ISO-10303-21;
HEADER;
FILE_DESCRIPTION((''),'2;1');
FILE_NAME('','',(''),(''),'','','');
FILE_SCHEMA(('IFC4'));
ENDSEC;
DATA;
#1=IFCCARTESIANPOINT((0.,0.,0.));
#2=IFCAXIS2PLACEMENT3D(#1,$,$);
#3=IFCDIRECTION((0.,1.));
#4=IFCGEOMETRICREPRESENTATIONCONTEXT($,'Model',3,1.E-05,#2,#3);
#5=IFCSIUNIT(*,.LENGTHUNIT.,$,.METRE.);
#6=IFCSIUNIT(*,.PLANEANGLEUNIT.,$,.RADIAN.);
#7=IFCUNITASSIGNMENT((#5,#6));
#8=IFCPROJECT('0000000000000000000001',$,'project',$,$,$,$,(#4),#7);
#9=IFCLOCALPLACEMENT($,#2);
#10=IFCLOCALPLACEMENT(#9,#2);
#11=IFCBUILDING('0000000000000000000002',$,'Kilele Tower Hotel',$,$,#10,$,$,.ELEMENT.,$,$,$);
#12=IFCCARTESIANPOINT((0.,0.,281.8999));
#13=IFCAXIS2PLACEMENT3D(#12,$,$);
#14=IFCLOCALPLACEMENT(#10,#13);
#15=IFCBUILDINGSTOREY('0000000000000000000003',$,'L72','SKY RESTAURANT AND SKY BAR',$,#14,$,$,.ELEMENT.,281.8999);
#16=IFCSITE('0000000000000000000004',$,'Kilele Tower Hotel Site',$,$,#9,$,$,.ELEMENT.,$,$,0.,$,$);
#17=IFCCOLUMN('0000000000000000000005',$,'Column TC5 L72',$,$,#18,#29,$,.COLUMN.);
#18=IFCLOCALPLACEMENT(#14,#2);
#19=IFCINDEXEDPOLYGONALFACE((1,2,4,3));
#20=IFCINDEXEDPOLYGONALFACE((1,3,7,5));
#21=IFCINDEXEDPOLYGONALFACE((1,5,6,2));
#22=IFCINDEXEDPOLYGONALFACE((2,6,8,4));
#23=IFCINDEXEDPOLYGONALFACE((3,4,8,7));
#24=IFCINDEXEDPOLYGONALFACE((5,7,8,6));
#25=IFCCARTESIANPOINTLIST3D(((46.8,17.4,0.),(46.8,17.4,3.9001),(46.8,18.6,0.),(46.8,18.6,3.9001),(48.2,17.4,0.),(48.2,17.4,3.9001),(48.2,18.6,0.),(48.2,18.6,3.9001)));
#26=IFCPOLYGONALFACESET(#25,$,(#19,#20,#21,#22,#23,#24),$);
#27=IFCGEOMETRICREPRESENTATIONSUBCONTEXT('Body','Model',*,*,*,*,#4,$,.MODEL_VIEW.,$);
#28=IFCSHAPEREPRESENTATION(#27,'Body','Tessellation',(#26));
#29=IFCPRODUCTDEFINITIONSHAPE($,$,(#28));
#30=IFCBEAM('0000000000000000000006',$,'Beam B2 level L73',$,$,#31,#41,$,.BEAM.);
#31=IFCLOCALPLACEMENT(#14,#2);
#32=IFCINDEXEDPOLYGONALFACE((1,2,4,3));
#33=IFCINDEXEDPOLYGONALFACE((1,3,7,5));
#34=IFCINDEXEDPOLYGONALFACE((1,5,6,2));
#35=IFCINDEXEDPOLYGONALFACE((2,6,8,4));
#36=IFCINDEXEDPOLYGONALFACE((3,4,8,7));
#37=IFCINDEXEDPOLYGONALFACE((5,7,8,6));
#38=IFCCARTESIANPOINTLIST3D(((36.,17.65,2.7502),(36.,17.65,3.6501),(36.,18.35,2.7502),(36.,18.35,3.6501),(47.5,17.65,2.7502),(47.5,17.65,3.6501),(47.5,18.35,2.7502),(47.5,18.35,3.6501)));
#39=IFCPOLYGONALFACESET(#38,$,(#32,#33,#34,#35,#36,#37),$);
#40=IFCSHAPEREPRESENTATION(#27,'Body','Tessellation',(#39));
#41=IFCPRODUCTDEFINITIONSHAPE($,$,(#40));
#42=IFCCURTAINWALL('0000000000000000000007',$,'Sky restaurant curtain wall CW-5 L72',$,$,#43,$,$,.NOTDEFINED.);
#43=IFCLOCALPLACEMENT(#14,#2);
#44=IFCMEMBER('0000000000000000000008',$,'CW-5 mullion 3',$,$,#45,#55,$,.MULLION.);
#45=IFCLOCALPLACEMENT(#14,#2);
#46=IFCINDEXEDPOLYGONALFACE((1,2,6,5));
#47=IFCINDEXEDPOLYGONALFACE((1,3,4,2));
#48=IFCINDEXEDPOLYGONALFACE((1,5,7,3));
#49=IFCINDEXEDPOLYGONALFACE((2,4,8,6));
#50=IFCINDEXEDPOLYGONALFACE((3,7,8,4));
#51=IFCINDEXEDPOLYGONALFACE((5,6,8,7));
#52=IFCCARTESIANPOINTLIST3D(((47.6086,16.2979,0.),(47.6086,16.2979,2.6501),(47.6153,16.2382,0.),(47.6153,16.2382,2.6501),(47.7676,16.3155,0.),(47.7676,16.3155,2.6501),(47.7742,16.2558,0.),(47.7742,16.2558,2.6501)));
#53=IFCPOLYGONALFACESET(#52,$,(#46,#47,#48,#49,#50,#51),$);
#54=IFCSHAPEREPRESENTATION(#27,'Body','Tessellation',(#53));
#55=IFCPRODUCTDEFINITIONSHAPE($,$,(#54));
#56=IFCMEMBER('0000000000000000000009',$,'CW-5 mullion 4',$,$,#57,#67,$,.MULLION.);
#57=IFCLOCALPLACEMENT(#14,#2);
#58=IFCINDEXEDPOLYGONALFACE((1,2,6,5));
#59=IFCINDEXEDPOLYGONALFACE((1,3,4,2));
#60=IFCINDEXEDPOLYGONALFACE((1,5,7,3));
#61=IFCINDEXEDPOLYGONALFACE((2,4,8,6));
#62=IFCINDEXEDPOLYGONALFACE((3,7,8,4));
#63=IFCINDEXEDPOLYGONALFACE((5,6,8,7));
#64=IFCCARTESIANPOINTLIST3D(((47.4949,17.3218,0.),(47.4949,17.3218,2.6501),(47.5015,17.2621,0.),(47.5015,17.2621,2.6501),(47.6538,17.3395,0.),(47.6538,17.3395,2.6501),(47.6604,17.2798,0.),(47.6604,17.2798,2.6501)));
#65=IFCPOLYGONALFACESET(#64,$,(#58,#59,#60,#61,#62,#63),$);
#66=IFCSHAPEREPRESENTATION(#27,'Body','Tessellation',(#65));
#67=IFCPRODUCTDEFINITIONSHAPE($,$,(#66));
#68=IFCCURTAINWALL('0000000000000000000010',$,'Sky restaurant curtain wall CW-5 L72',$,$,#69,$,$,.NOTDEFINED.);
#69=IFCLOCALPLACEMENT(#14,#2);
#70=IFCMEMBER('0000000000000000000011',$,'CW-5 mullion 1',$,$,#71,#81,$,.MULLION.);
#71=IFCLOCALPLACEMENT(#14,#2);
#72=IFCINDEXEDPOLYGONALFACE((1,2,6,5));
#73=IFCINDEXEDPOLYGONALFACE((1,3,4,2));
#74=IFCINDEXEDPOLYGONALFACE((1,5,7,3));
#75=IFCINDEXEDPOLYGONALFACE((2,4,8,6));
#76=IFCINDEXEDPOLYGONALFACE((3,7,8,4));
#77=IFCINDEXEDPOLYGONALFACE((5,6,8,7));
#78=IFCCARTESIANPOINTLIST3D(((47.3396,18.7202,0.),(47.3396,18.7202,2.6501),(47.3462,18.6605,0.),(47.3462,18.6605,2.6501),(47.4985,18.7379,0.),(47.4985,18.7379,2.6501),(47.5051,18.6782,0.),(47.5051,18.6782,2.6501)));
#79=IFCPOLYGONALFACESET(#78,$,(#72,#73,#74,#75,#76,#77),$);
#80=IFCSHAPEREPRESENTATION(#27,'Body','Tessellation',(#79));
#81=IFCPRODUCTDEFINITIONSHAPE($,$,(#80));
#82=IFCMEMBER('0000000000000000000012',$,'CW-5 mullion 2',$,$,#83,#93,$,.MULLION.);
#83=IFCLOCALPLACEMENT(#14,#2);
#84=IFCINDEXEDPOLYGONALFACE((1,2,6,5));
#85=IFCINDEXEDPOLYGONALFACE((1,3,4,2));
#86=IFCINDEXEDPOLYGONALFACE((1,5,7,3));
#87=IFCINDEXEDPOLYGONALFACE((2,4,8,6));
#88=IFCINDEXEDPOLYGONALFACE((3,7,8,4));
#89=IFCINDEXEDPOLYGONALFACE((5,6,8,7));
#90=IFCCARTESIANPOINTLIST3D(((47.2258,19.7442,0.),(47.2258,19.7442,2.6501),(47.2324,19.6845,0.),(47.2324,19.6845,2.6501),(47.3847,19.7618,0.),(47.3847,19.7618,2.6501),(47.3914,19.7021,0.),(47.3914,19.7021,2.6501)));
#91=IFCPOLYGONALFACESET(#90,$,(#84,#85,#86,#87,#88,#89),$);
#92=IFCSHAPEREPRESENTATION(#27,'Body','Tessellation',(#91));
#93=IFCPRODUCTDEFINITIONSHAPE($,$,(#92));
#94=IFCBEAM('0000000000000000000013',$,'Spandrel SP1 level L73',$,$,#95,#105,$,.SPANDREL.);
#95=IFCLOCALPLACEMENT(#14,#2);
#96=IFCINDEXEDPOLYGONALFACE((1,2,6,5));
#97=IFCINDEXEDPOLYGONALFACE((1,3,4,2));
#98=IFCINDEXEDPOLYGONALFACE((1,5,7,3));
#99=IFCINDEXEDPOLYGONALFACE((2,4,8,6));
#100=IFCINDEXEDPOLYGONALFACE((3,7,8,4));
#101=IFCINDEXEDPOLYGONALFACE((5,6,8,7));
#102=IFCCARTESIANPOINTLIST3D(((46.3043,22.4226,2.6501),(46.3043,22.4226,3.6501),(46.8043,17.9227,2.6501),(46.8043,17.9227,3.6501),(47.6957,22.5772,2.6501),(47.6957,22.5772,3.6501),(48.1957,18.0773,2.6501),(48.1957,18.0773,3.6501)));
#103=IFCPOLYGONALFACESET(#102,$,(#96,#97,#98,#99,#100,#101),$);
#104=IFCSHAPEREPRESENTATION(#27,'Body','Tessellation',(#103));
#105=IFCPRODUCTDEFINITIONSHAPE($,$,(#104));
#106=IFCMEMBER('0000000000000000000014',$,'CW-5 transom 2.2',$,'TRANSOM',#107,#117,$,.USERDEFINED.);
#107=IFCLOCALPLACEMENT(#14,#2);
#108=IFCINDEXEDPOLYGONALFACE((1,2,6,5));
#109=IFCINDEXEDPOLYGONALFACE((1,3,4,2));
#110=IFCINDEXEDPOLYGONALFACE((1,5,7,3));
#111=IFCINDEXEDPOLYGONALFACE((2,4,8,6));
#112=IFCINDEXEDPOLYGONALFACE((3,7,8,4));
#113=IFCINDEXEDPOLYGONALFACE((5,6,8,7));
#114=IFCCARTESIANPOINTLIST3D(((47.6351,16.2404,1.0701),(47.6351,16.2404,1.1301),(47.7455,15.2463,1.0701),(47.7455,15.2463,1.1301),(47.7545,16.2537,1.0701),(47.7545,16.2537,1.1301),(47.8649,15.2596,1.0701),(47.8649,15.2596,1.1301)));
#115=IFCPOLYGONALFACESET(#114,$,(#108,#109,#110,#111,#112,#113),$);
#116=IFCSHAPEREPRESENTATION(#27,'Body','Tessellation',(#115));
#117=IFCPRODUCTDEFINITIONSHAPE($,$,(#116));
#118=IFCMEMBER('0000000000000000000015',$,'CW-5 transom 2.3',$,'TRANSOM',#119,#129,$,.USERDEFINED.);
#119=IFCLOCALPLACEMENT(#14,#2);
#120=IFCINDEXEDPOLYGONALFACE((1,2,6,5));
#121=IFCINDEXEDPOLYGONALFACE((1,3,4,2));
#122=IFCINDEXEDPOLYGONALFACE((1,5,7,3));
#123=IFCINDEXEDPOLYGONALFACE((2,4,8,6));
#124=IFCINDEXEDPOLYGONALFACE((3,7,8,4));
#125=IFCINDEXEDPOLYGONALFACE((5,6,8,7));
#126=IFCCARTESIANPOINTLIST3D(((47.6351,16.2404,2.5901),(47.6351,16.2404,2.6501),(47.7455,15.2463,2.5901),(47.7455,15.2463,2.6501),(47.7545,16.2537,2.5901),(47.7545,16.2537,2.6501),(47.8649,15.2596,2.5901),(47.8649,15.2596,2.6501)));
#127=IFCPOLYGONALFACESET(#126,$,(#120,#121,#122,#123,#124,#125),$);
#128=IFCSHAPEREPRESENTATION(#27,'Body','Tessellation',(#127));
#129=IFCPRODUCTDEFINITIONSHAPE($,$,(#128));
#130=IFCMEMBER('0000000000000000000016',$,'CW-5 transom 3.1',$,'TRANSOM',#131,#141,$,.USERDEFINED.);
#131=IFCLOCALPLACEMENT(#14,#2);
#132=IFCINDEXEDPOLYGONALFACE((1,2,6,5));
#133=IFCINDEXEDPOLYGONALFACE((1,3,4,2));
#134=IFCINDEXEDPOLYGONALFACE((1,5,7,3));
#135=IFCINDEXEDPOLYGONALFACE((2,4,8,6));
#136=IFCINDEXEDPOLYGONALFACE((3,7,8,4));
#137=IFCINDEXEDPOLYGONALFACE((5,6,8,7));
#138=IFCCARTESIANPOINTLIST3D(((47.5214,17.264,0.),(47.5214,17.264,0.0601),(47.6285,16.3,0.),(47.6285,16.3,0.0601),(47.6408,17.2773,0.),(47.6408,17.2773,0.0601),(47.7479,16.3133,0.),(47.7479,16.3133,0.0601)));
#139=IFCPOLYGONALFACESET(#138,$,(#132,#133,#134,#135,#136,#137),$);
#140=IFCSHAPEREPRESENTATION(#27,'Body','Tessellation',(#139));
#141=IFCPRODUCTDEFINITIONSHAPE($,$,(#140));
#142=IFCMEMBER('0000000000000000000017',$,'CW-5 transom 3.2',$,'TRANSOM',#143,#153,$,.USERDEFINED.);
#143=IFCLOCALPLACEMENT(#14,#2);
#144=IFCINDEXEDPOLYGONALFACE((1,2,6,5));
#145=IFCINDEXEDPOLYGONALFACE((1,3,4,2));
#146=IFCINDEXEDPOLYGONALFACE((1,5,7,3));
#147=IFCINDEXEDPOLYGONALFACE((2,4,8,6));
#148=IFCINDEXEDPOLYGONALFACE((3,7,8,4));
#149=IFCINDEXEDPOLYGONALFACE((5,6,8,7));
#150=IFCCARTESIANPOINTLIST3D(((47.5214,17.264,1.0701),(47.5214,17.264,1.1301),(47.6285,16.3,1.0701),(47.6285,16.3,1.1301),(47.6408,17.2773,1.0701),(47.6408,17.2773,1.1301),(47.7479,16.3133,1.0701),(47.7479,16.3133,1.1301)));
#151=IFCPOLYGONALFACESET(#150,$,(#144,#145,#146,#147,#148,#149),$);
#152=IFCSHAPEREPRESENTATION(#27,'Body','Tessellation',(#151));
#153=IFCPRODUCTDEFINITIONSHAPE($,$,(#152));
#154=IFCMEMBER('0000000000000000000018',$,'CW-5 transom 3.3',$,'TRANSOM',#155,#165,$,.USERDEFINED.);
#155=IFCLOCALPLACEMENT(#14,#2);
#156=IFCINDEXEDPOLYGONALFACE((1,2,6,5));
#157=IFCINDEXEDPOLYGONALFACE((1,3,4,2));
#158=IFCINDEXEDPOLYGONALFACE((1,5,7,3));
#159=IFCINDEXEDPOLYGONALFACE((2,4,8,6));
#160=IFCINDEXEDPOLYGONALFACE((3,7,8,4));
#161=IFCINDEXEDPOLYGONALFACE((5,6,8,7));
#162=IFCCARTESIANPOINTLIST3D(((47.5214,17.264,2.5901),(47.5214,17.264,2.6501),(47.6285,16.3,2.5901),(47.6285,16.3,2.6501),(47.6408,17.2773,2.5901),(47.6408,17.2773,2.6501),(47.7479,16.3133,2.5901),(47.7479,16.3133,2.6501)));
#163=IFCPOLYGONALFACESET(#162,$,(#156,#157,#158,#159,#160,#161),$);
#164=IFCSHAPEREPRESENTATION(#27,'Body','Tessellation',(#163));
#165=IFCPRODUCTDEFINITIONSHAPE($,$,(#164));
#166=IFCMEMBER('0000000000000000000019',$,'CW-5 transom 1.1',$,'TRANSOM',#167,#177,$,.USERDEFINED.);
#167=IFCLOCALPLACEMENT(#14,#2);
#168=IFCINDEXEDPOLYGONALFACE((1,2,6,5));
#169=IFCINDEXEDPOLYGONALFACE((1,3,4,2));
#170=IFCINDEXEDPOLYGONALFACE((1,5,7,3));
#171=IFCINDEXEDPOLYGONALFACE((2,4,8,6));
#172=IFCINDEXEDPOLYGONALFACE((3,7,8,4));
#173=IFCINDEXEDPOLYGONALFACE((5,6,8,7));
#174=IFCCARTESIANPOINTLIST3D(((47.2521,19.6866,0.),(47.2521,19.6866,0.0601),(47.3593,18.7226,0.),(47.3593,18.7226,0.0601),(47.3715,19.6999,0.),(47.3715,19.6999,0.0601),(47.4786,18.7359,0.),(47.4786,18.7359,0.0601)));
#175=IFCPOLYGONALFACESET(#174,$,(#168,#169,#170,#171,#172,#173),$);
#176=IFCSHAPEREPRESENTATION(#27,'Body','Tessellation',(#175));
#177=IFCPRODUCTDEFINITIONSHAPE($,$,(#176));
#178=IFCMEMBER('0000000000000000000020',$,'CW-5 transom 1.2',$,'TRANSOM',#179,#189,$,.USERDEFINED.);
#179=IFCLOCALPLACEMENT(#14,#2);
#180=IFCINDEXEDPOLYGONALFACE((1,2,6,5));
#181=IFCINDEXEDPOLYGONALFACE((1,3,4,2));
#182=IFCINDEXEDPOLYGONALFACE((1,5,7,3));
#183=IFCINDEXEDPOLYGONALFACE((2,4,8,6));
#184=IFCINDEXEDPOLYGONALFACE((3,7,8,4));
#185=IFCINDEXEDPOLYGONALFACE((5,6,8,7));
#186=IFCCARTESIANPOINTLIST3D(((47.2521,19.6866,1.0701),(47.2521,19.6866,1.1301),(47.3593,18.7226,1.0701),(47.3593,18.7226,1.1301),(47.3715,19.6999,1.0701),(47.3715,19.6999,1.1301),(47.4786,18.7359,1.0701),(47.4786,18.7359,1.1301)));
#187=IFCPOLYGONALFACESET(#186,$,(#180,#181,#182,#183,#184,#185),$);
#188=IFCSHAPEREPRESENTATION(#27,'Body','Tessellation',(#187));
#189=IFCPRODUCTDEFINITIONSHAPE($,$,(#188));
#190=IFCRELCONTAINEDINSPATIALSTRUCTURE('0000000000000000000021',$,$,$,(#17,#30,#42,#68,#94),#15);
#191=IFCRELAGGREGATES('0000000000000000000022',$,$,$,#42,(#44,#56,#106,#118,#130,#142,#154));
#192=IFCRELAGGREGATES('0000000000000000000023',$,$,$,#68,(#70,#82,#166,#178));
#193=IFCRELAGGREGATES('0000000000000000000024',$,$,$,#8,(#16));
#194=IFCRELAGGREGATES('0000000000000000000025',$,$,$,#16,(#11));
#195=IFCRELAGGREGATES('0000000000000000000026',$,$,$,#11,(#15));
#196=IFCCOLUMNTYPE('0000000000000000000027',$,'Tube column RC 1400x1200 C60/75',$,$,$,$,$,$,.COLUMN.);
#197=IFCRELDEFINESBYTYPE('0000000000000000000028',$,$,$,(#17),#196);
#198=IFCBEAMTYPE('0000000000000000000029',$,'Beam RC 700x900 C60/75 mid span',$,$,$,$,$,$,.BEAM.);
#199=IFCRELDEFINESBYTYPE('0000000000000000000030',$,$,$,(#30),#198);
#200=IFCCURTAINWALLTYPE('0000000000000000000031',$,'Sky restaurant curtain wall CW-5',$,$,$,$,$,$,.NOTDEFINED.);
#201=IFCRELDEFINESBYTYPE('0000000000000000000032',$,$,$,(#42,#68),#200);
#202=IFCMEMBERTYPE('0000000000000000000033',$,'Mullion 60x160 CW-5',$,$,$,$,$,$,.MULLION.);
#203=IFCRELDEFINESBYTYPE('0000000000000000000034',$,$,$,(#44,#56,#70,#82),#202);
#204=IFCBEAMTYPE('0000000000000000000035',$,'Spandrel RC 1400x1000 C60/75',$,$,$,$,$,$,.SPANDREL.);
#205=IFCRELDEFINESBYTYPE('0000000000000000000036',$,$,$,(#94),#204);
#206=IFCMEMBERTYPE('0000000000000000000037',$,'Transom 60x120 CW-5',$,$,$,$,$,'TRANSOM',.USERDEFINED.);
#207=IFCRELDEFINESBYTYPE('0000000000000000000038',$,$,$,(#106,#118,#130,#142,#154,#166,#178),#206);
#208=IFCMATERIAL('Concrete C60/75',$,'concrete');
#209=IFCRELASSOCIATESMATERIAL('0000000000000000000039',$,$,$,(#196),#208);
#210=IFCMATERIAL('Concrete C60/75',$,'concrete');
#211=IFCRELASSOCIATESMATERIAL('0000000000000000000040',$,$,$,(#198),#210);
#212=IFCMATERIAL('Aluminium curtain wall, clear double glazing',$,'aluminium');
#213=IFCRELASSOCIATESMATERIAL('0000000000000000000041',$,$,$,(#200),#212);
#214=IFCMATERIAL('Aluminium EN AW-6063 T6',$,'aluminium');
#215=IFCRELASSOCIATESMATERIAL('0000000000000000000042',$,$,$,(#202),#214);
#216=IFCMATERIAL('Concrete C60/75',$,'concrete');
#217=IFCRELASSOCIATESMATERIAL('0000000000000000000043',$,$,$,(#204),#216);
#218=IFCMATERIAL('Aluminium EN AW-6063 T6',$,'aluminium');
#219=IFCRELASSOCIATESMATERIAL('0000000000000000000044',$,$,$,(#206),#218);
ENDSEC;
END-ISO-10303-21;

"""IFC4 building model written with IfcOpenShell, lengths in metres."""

from ifc_helpers import new_model, si_unit, direction, frame, origin, origin_2d, place, context, subcontext, project, spatial, rectangle, extrude, material, material_profile, profile_set, type_object, element, aggregate, save


model = new_model("IFC4")

# Units and contexts
model_context = context("Model", 3, precision=1e-05, world=origin(), true_north=direction((0.0, 1.0)))
body_context = subcontext(model_context, "Body", "Model", "MODEL_VIEW")
ifc_project = project(units=[si_unit("LENGTHUNIT", "METRE"), si_unit("PLANEANGLEUNIT", "RADIAN")], contexts=[model_context])

# Site, building, storey
site_placement = place(None, origin())
site = spatial("IfcSite", under=ifc_project, at=site_placement, Name="Kilele Tower Hotel Site", CompositionType="ELEMENT", RefElevation=0.0)
building_placement = place(site_placement, origin())
building = spatial("IfcBuilding", under=site, at=building_placement, Name="Kilele Tower Hotel", CompositionType="ELEMENT")
storey_placement = place(building_placement, frame((0.0, 0.0, 281.8999)))
storey = spatial("IfcBuildingStorey", under=building, at=storey_placement, Name="L72", Description="SKY RESTAURANT AND SKY BAR", CompositionType="ELEMENT", Elevation=281.8999)

# Column
ifc_material_1 = material(Name="Concrete C60/75", Category="concrete")
ifc_material_profile_1 = material_profile(ifc_material_1, rectangle(XDim=1.3999, YDim=1.2, at=origin_2d()))
ifc_profile_set_1 = profile_set([ifc_material_profile_1], Name="Concrete C60/75")
column_type = type_object("IfcColumnType", Name="Tube column RC 1400x1200 C60/75", PredefinedType="COLUMN", material=ifc_profile_set_1)
column_placement = place(storey_placement, frame((47.5, 18.0, 0.0), z_axis=(0.0, 0.0, 1.0), x_axis=(1.0, 0.0, 0.0)))
element("IfcColumn", 1, at=column_placement, inside=storey, type_object=column_type, Name="Column TC5 L72", PredefinedType="COLUMN", context=body_context, shape_type="SweptSolid", body=[
    extrude(rectangle(XDim=1.3999, YDim=1.2, at=origin_2d()), origin(), (0.0, 0.0, 1.0), 3.9001),
])

# Beam
ifc_material_2 = material(Name="Concrete C60/75", Category="concrete")
ifc_material_profile_2 = material_profile(ifc_material_2, rectangle(XDim=0.7, YDim=0.8999, at=origin_2d()))
ifc_profile_set_2 = profile_set([ifc_material_profile_2], Name="Concrete C60/75")
beam_type_1 = type_object("IfcBeamType", Name="Beam RC 700x900 C60/75 mid span", PredefinedType="BEAM", material=ifc_profile_set_2)
beam_1_placement = place(storey_placement, frame((47.5, 18.0, 3.2002), z_axis=(-1.0, 0.0, 0.0), x_axis=(0.0, -1.0, 0.0)))
element("IfcBeam", 2, at=beam_1_placement, inside=storey, type_object=beam_type_1, Name="Beam B2 level L73", PredefinedType="BEAM", context=body_context, shape_type="SweptSolid", body=[
    extrude(rectangle(XDim=0.7, YDim=0.8999, at=origin_2d()), origin(), (0.0, 0.0, 1.0), 11.5),
])

# Curtain walls, members
ifc_material_3 = material(Name="Aluminium curtain wall, clear double glazing", Category="aluminium")
curtain_wall_type = type_object("IfcCurtainWallType", Name="Sky restaurant curtain wall CW-5", PredefinedType="NOTDEFINED", material=ifc_material_3)
curtain_wall_1_placement = place(storey_placement, origin())
curtain_wall_1 = element("IfcCurtainWall", 3, at=curtain_wall_1_placement, inside=storey, type_object=curtain_wall_type, Name="Sky restaurant curtain wall CW-5 L72", PredefinedType="NOTDEFINED")
ifc_material_4 = material(Name="Aluminium EN AW-6063 T6", Category="aluminium")
ifc_material_profile_3 = material_profile(ifc_material_4, rectangle(XDim=0.1599, YDim=0.0601, at=origin_2d()))
ifc_profile_set_3 = profile_set([ifc_material_profile_3], Name="Aluminium EN AW-6063 T6")
member_type_1 = type_object("IfcMemberType", Name="Mullion 60x160 CW-5", PredefinedType="MULLION", material=ifc_profile_set_3)
member_1_placement = place(storey_placement, frame((47.6914, 16.2769, 0.0), z_axis=(0.0, 0.0, 1.0), x_axis=(-0.993884, -0.110432, 0.0)))
member_1 = element("IfcMember", 4, at=member_1_placement, type_object=member_type_1, Name="CW-5 mullion 3", PredefinedType="MULLION", context=body_context, shape_type="SweptSolid", body=[
    extrude(rectangle(XDim=0.1599, YDim=0.0601, at=origin_2d()), origin(), (0.0, 0.0, 1.0), 2.6501),
])
member_2_placement = place(storey_placement, frame((47.5776, 17.3008, 0.0), z_axis=(0.0, 0.0, 1.0), x_axis=(-0.993884, -0.110432, 0.0)))
member_2 = element("IfcMember", 5, at=member_2_placement, type_object=member_type_1, Name="CW-5 mullion 4", PredefinedType="MULLION", context=body_context, shape_type="SweptSolid", body=[
    extrude(rectangle(XDim=0.1599, YDim=0.0601, at=origin_2d()), origin(), (0.0, 0.0, 1.0), 2.6501),
])
curtain_wall_2_placement = place(storey_placement, origin())
curtain_wall_2 = element("IfcCurtainWall", 6, at=curtain_wall_2_placement, inside=storey, type_object=curtain_wall_type, Name="Sky restaurant curtain wall CW-5 L72", PredefinedType="NOTDEFINED")
member_3_placement = place(storey_placement, frame((47.4224, 18.6992, 0.0), z_axis=(0.0, 0.0, 1.0), x_axis=(-0.993884, -0.110432, 0.0)))
member_3 = element("IfcMember", 7, at=member_3_placement, type_object=member_type_1, Name="CW-5 mullion 1", PredefinedType="MULLION", context=body_context, shape_type="SweptSolid", body=[
    extrude(rectangle(XDim=0.1599, YDim=0.0601, at=origin_2d()), origin(), (0.0, 0.0, 1.0), 2.6501),
])
member_4_placement = place(storey_placement, frame((47.3086, 19.7231, 0.0), z_axis=(0.0, 0.0, 1.0), x_axis=(-0.993884, -0.110432, 0.0)))
member_4 = element("IfcMember", 8, at=member_4_placement, type_object=member_type_1, Name="CW-5 mullion 2", PredefinedType="MULLION", context=body_context, shape_type="SweptSolid", body=[
    extrude(rectangle(XDim=0.1599, YDim=0.0601, at=origin_2d()), origin(), (0.0, 0.0, 1.0), 2.6501),
])

# Beam
ifc_material_5 = material(Name="Concrete C60/75", Category="concrete")
ifc_material_profile_4 = material_profile(ifc_material_5, rectangle(XDim=1.3999, YDim=1.0, at=origin_2d()))
ifc_profile_set_4 = profile_set([ifc_material_profile_4], Name="Concrete C60/75")
beam_type_2 = type_object("IfcBeamType", Name="Spandrel RC 1400x1000 C60/75", PredefinedType="SPANDREL", material=ifc_profile_set_4)
beam_2_placement = place(storey_placement, frame((47.5, 18.0, 3.1501), z_axis=(-0.110432, 0.993884, 0.0), x_axis=(-0.993884, -0.110432, 0.0)))
element("IfcBeam", 9, at=beam_2_placement, inside=storey, type_object=beam_type_2, Name="Spandrel SP1 level L73", PredefinedType="SPANDREL", context=body_context, shape_type="SweptSolid", body=[
    extrude(rectangle(XDim=1.3999, YDim=1.0, at=origin_2d()), origin(), (0.0, 0.0, 1.0), 4.5276),
])

# Members
ifc_material_6 = material(Name="Aluminium EN AW-6063 T6", Category="aluminium")
ifc_material_profile_5 = material_profile(ifc_material_6, rectangle(XDim=0.1201, YDim=0.0601, at=origin_2d()))
ifc_profile_set_5 = profile_set([ifc_material_profile_5], Name="Aluminium EN AW-6063 T6")
member_type_2 = type_object("IfcMemberType", Name="Transom 60x120 CW-5", ElementType="TRANSOM", PredefinedType="USERDEFINED", material=ifc_profile_set_5)
member_5_placement = place(storey_placement, frame((47.8052, 15.2529, 1.1001), z_axis=(-0.110324, 0.993896, 0.0), x_axis=(-0.993896, -0.110324, 0.0)))
member_5 = element("IfcMember", 10, at=member_5_placement, type_object=member_type_2, Name="CW-5 transom 2.2", ObjectType="TRANSOM", PredefinedType="USERDEFINED", context=body_context, shape_type="SweptSolid", body=[
    extrude(rectangle(XDim=0.1201, YDim=0.0601, at=origin_2d()), origin(), (0.0, 0.0, 1.0), 1.0002),
])
member_6_placement = place(storey_placement, frame((47.8052, 15.2529, 2.6201), z_axis=(-0.110324, 0.993896, 0.0), x_axis=(-0.993896, -0.110324, 0.0)))
member_6 = element("IfcMember", 11, at=member_6_placement, type_object=member_type_2, Name="CW-5 transom 2.3", ObjectType="TRANSOM", PredefinedType="USERDEFINED", context=body_context, shape_type="SweptSolid", body=[
    extrude(rectangle(XDim=0.1201, YDim=0.0601, at=origin_2d()), origin(), (0.0, 0.0, 1.0), 1.0002),
])
member_7_placement = place(storey_placement, frame((47.6882, 16.3066, 0.03), z_axis=(-0.110487, 0.993878, 0.0), x_axis=(-0.993878, -0.110487, 0.0)))
member_7 = element("IfcMember", 12, at=member_7_placement, type_object=member_type_2, Name="CW-5 transom 3.1", ObjectType="TRANSOM", PredefinedType="USERDEFINED", context=body_context, shape_type="SweptSolid", body=[
    extrude(rectangle(XDim=0.1201, YDim=0.0601, at=origin_2d()), origin(), (0.0, 0.0, 1.0), 0.97),
])
member_8_placement = place(storey_placement, frame((47.6882, 16.3066, 1.1001), z_axis=(-0.110487, 0.993878, 0.0), x_axis=(-0.993878, -0.110487, 0.0)))
member_8 = element("IfcMember", 13, at=member_8_placement, type_object=member_type_2, Name="CW-5 transom 3.2", ObjectType="TRANSOM", PredefinedType="USERDEFINED", context=body_context, shape_type="SweptSolid", body=[
    extrude(rectangle(XDim=0.1201, YDim=0.0601, at=origin_2d()), origin(), (0.0, 0.0, 1.0), 0.97),
])
member_9_placement = place(storey_placement, frame((47.6882, 16.3066, 2.6201), z_axis=(-0.110487, 0.993878, 0.0), x_axis=(-0.993878, -0.110487, 0.0)))
member_9 = element("IfcMember", 14, at=member_9_placement, type_object=member_type_2, Name="CW-5 transom 3.3", ObjectType="TRANSOM", PredefinedType="USERDEFINED", context=body_context, shape_type="SweptSolid", body=[
    extrude(rectangle(XDim=0.1201, YDim=0.0601, at=origin_2d()), origin(), (0.0, 0.0, 1.0), 0.97),
])
member_10_placement = place(storey_placement, frame((47.4189, 18.7292, 0.03), z_axis=(-0.110487, 0.993878, 0.0), x_axis=(-0.993878, -0.110487, 0.0)))
member_10 = element("IfcMember", 15, at=member_10_placement, type_object=member_type_2, Name="CW-5 transom 1.1", ObjectType="TRANSOM", PredefinedType="USERDEFINED", context=body_context, shape_type="SweptSolid", body=[
    extrude(rectangle(XDim=0.1201, YDim=0.0601, at=origin_2d()), origin(), (0.0, 0.0, 1.0), 0.97),
])
member_11_placement = place(storey_placement, frame((47.4189, 18.7292, 1.1001), z_axis=(-0.110487, 0.993878, 0.0), x_axis=(-0.993878, -0.110487, 0.0)))
member_11 = element("IfcMember", 16, at=member_11_placement, type_object=member_type_2, Name="CW-5 transom 1.2", ObjectType="TRANSOM", PredefinedType="USERDEFINED", context=body_context, shape_type="SweptSolid", body=[
    extrude(rectangle(XDim=0.1201, YDim=0.0601, at=origin_2d()), origin(), (0.0, 0.0, 1.0), 0.97),
])

aggregate(curtain_wall_1, [member_1, member_2, member_5, member_6, member_7, member_8, member_9])
aggregate(curtain_wall_2, [member_3, member_4, member_10, member_11])

save(model, "model.ifc")
